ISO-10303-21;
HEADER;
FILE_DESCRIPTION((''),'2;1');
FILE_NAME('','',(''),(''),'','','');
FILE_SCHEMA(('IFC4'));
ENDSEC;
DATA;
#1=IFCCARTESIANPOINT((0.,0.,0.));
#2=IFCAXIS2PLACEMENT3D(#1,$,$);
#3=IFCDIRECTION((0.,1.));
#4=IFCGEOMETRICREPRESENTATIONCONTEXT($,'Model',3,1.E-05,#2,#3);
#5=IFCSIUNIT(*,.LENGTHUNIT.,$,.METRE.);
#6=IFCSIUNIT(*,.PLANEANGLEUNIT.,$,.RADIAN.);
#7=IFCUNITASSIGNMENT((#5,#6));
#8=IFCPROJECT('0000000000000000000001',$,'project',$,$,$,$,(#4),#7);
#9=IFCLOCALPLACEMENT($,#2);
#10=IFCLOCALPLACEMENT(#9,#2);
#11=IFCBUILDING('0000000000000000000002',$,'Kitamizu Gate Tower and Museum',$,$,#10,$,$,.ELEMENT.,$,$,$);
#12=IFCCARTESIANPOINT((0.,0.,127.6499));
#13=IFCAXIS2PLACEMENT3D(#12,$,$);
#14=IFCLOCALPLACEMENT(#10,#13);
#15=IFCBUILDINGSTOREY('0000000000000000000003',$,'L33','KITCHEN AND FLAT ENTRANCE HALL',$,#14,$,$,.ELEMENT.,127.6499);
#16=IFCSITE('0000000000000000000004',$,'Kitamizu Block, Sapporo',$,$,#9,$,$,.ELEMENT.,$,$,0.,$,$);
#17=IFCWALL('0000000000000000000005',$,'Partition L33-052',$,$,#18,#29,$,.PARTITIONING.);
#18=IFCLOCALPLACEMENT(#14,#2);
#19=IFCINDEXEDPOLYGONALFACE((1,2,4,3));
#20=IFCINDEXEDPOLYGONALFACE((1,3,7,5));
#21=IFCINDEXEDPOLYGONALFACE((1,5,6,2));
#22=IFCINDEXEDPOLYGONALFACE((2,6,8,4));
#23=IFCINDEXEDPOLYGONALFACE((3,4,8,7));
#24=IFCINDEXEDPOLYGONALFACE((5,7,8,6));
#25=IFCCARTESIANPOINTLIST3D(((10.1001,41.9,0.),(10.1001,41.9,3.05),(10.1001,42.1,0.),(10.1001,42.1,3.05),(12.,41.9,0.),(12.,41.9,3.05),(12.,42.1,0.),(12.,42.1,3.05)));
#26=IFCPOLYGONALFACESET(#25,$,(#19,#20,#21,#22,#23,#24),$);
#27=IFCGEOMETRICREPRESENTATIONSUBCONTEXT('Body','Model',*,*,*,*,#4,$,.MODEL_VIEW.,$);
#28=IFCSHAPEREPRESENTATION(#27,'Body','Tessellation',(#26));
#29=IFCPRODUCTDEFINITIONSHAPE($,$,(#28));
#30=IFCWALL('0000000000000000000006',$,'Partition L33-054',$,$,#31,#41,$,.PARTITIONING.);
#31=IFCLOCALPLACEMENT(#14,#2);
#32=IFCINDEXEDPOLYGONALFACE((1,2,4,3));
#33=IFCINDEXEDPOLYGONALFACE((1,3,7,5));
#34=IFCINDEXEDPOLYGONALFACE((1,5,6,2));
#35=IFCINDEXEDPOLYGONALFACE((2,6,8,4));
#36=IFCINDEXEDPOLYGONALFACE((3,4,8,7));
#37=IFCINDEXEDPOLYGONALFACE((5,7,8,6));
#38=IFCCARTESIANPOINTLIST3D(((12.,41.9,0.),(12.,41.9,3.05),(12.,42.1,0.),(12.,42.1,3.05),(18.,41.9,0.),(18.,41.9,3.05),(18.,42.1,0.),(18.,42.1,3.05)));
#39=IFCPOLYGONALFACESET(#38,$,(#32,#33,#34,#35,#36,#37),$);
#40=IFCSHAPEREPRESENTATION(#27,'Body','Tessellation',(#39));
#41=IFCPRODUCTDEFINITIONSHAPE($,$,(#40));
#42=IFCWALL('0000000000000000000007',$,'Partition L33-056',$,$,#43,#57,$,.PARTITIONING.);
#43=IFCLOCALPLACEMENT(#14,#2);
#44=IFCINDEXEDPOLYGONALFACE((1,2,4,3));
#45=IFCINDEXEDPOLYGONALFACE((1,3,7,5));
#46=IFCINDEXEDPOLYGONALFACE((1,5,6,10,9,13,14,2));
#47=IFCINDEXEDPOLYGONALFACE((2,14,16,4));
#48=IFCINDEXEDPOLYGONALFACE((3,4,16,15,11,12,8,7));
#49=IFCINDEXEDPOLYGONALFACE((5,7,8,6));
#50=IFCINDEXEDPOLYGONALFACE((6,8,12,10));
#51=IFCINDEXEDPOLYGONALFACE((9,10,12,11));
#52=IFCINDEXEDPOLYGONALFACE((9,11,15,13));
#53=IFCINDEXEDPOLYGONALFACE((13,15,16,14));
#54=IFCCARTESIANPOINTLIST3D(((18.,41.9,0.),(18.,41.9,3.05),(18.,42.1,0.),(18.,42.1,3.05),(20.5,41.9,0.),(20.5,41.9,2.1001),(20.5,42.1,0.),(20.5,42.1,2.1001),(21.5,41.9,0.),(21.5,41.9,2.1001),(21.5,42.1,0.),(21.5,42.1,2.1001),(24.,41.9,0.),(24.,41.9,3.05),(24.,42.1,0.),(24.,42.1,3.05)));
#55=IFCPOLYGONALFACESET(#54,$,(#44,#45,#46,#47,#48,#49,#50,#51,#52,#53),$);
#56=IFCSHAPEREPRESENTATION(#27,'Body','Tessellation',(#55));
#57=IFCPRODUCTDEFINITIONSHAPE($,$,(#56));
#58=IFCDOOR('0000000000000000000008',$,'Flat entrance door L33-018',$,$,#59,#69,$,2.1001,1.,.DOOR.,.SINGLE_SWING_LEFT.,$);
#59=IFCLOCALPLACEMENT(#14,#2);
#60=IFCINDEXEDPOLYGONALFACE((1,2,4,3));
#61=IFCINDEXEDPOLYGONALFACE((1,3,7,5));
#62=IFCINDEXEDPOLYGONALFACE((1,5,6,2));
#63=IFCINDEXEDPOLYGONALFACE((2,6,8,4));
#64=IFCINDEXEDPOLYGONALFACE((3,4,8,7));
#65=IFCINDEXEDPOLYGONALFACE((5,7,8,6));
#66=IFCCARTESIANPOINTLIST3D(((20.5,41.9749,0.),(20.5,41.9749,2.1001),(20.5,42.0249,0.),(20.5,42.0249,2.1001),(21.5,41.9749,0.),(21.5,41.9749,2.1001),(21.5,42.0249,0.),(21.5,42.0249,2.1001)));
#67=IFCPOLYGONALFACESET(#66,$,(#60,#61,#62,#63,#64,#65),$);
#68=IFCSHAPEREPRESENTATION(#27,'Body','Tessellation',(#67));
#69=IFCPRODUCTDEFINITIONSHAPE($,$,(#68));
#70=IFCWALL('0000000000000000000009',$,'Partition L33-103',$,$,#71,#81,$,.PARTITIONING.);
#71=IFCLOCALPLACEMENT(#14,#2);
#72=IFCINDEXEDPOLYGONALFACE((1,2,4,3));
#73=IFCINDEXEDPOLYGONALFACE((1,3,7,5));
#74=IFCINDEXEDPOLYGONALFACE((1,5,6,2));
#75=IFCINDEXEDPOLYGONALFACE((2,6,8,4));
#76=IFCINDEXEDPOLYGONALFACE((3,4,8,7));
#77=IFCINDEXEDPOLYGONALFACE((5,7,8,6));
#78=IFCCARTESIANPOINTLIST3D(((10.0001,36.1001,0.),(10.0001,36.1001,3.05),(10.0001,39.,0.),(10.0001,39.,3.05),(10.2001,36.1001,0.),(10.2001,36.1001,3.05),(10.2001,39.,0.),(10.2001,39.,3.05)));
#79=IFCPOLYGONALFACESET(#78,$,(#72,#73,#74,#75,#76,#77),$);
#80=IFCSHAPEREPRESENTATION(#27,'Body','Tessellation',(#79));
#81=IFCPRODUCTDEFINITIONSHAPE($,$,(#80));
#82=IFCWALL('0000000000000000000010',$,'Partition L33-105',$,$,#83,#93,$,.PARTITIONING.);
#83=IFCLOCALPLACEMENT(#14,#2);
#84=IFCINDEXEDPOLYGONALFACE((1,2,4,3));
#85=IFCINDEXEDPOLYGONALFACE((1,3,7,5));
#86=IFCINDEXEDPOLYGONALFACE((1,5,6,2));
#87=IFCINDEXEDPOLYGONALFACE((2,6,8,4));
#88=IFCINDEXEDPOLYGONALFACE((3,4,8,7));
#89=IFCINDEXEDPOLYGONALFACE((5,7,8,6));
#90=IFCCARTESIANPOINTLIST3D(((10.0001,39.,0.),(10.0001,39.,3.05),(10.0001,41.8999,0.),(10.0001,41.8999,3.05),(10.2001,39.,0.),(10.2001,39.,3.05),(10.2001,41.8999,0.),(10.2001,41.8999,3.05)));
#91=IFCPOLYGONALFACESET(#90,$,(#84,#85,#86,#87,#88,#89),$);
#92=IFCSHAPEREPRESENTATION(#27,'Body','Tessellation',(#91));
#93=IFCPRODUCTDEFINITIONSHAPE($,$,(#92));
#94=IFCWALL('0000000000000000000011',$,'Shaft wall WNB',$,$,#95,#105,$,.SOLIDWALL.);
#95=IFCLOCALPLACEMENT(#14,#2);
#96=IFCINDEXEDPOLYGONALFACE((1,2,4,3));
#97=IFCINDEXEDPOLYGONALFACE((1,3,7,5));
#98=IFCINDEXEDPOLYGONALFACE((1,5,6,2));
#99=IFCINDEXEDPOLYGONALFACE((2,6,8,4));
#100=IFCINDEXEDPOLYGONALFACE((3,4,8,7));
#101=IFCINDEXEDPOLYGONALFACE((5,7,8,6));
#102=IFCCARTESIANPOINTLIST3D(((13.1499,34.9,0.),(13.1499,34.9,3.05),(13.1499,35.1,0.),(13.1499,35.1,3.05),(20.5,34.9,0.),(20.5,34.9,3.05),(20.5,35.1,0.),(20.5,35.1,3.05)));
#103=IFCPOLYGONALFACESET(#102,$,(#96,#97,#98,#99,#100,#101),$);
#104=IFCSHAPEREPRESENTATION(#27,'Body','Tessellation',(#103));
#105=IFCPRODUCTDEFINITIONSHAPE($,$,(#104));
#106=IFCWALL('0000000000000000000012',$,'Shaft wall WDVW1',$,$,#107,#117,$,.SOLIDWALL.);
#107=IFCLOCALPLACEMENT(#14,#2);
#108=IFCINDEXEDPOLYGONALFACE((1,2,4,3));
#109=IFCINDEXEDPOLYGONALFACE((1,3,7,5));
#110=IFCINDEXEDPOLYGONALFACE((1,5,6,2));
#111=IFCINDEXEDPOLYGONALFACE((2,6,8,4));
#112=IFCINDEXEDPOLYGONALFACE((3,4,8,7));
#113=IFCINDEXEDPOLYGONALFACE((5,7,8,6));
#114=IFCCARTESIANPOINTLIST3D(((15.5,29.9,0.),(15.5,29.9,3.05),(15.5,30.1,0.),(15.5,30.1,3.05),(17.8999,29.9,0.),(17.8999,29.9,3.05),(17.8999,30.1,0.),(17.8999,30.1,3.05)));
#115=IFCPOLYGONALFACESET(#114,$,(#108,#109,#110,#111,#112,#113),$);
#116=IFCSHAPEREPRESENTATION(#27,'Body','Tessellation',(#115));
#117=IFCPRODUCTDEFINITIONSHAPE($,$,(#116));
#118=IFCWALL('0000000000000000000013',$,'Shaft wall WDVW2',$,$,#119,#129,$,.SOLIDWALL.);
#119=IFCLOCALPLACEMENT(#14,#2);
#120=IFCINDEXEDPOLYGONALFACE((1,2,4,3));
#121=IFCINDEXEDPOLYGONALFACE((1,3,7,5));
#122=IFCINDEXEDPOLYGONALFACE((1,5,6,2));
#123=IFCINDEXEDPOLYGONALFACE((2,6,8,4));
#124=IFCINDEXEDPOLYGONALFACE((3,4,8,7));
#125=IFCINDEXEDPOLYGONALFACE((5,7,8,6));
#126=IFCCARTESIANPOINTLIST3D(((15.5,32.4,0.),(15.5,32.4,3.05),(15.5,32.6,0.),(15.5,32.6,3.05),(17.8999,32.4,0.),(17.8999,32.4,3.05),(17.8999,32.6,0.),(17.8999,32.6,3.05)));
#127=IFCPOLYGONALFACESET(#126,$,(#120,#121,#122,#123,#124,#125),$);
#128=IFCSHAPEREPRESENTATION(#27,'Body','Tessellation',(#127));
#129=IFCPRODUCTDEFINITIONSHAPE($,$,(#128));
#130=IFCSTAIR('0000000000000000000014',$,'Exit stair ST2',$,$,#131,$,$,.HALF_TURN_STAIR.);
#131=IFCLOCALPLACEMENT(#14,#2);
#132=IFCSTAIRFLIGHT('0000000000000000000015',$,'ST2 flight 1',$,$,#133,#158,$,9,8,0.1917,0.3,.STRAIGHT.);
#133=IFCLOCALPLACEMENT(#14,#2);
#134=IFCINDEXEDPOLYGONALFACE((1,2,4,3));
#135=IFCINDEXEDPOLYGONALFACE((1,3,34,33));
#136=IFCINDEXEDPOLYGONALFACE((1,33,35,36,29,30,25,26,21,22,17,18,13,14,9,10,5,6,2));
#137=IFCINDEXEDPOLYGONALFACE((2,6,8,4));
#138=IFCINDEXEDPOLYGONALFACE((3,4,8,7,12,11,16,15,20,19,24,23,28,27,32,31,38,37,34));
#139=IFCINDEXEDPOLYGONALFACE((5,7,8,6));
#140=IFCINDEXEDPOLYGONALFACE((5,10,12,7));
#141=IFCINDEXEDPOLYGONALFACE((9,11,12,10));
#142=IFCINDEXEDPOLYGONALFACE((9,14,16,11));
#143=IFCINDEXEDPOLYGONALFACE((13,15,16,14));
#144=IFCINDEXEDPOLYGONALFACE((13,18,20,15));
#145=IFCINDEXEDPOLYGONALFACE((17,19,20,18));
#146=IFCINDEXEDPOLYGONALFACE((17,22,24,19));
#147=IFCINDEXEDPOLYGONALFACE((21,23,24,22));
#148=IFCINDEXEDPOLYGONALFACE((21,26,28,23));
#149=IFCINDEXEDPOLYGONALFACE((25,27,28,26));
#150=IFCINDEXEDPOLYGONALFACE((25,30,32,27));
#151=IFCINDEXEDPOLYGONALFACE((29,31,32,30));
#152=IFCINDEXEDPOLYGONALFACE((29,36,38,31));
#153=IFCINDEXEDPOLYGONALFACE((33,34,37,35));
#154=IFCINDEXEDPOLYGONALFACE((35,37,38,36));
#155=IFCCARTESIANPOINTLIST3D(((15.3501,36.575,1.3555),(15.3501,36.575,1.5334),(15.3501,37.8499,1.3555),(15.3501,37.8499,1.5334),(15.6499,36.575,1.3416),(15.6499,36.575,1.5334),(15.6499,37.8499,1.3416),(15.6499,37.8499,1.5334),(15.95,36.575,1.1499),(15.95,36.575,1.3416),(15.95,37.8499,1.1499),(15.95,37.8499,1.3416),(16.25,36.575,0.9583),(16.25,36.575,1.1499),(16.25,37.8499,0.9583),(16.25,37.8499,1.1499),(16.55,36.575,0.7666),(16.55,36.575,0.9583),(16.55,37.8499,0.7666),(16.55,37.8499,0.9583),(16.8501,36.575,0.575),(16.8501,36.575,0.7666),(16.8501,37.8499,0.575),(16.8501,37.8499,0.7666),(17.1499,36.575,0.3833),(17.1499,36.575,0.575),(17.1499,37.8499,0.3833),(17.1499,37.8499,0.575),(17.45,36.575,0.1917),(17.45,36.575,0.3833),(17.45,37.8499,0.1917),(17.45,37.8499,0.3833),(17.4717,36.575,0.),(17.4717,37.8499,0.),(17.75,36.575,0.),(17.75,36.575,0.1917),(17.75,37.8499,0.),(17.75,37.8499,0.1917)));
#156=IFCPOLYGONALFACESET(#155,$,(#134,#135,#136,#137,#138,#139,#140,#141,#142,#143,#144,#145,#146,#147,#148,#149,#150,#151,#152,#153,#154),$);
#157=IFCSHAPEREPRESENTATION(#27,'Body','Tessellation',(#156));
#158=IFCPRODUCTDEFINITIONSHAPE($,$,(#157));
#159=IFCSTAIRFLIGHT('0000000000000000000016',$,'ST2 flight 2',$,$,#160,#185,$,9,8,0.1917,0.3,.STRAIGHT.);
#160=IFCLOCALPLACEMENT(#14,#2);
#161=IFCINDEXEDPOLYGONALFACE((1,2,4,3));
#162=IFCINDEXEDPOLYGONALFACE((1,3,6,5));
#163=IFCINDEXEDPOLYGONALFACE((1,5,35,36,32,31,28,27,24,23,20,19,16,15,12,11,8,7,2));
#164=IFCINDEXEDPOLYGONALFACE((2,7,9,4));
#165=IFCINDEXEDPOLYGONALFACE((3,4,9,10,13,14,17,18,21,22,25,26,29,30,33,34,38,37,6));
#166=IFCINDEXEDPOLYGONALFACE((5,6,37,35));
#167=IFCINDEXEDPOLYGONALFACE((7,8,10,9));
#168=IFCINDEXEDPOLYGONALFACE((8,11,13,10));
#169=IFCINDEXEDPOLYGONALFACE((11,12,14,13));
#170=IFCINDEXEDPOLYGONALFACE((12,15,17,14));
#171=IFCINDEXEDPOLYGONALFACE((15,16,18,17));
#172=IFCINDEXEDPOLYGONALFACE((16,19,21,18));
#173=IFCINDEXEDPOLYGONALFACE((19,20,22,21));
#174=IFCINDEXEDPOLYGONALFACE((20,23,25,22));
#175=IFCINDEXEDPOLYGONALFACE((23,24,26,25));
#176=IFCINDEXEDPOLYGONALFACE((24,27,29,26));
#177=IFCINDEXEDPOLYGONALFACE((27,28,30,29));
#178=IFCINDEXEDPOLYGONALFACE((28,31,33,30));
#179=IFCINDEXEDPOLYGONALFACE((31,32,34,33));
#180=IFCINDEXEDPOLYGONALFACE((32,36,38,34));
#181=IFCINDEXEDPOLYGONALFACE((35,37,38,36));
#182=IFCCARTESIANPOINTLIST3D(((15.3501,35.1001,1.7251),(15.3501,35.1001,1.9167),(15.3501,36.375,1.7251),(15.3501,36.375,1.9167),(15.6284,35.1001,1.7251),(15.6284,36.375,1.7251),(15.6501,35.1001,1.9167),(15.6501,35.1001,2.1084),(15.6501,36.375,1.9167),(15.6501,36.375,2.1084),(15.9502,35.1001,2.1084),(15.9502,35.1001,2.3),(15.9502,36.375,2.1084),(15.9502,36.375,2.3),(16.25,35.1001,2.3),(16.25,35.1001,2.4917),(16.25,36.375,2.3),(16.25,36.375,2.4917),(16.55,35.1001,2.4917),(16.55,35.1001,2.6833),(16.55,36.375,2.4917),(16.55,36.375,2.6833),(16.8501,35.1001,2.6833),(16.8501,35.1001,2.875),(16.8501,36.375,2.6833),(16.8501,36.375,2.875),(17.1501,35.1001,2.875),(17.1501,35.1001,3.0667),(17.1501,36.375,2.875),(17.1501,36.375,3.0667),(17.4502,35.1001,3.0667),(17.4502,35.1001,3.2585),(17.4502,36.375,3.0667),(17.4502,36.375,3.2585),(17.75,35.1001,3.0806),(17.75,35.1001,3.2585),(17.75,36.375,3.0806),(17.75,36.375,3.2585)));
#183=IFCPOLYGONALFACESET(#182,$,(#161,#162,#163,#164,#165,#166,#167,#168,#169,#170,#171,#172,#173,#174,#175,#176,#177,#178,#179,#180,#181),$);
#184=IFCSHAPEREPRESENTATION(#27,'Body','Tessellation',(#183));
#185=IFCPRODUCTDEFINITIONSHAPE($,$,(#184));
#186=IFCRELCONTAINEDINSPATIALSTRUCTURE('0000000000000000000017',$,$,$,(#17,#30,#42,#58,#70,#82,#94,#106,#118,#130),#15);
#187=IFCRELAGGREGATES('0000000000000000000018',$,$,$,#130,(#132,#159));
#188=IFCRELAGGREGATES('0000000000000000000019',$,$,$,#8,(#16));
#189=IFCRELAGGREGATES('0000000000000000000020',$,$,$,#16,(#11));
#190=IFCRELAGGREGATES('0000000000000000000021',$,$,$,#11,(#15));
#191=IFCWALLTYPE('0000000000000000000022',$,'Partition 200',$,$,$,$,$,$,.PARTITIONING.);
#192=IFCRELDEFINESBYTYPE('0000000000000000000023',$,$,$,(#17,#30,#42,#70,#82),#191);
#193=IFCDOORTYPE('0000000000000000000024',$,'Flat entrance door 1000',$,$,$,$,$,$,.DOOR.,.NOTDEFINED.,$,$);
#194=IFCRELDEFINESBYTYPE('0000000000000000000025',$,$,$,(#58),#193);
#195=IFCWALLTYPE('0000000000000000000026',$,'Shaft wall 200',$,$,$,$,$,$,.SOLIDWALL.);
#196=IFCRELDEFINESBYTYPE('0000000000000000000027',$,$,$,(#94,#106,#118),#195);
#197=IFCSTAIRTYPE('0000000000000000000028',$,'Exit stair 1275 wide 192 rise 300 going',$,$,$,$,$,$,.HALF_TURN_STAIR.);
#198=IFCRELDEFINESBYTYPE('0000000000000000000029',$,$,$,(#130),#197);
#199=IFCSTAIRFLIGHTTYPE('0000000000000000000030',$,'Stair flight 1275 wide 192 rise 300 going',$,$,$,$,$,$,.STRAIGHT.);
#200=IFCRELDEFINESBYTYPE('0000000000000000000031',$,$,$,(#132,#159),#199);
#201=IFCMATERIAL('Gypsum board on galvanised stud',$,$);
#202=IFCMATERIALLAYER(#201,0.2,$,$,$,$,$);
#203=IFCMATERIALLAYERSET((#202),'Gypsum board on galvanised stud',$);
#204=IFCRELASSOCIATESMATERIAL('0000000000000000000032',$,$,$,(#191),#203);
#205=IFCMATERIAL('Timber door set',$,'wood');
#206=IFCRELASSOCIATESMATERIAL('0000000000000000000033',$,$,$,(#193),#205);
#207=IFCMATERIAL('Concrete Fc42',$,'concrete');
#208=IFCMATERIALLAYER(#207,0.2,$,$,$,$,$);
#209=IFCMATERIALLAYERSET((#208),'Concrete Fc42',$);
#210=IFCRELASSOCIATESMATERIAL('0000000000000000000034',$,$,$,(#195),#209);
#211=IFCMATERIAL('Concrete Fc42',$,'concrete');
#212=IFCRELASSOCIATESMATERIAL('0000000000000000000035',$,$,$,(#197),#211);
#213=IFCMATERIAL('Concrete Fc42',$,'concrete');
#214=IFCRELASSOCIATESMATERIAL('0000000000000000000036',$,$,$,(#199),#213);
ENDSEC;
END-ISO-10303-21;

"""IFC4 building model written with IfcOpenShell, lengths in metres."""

from ifc_helpers import new_model, si_unit, direction, frame, frame_2d, origin, place, context, subcontext, project, spatial, polyline, rectangle, outline, extrude, material, layer, layer_set, type_object, element, fill, aggregate, save


model = new_model("IFC4")

# Units and contexts
model_context = context("Model", 3, precision=1e-05, world=origin(), true_north=direction((0.0, 1.0)))
body_context = subcontext(model_context, "Body", "Model", "MODEL_VIEW")
ifc_project = project(units=[si_unit("LENGTHUNIT", "METRE"), si_unit("PLANEANGLEUNIT", "RADIAN")], contexts=[model_context])

# Site, building, storey
site_placement = place(None, origin())
site = spatial("IfcSite", under=ifc_project, at=site_placement, Name="Kitamizu Block, Sapporo", CompositionType="ELEMENT", RefElevation=0.0)
building_placement = place(site_placement, origin())
building = spatial("IfcBuilding", under=site, at=building_placement, Name="Kitamizu Gate Tower and Museum", CompositionType="ELEMENT")
storey_placement = place(building_placement, frame((0.0, 0.0, 127.6499)))
storey = spatial("IfcBuildingStorey", under=building, at=storey_placement, Name="L33", Description="KITCHEN AND FLAT ENTRANCE HALL", CompositionType="ELEMENT", Elevation=127.6499)

# Walls
ifc_material_1 = material(Name="Gypsum board on galvanised stud")
ifc_layer_1 = layer(ifc_material_1, 0.2)
ifc_layer_set_1 = layer_set([ifc_layer_1], Name="Gypsum board on galvanised stud")
wall_type_1 = type_object("IfcWallType", Name="Partition 200", PredefinedType="PARTITIONING", material=ifc_layer_set_1)
wall_1_placement = place(storey_placement, frame((10.1001, 42.0, 0.0), z_axis=(0.0, 0.0, 1.0), x_axis=(1.0, 0.0, 0.0)))
element("IfcWall", 1, at=wall_1_placement, inside=storey, type_object=wall_type_1, Name="Partition L33-052", PredefinedType="PARTITIONING", context=body_context, shape_type="SweptSolid", body=[
    extrude(rectangle(XDim=1.8999, YDim=0.2, at=frame_2d((0.95, 0.0))), origin(), (0.0, 0.0, 1.0), 3.05),
])
wall_2_placement = place(storey_placement, frame((12.0, 42.0, 0.0), z_axis=(0.0, 0.0, 1.0), x_axis=(1.0, 0.0, 0.0)))
element("IfcWall", 2, at=wall_2_placement, inside=storey, type_object=wall_type_1, Name="Partition L33-054", PredefinedType="PARTITIONING", context=body_context, shape_type="SweptSolid", body=[
    extrude(rectangle(XDim=6.0, YDim=0.2, at=frame_2d((3.0, 0.0))), origin(), (0.0, 0.0, 1.0), 3.05),
])

# Wall, opening, door
wall_3_placement = place(storey_placement, frame((18.0, 42.0, 0.0), z_axis=(0.0, 0.0, 1.0), x_axis=(1.0, 0.0, 0.0)))
wall_3 = element("IfcWall", 3, at=wall_3_placement, inside=storey, type_object=wall_type_1, Name="Partition L33-056", PredefinedType="PARTITIONING", context=body_context, shape_type="SweptSolid", body=[
    extrude(rectangle(XDim=6.0, YDim=0.2, at=frame_2d((3.0, 0.0))), origin(), (0.0, 0.0, 1.0), 3.05),
])
opening_1_placement = place(wall_3_placement, frame((2.5, 0.0, 0.0)))
opening_1 = element("IfcOpeningElement", 4, at=opening_1_placement, cuts=wall_3, PredefinedType="OPENING", context=body_context, shape_type="SweptSolid", body=[
    extrude(rectangle(XDim=1.0, YDim=2.1001, at=frame_2d((0.5, 1.05))), frame((0.0, 0.1099, 0.0), z_axis=(0.0, -1.0, 0.0), x_axis=(1.0, 0.0, 0.0)), (0.0, 0.0, 1.0), 0.22),
])
ifc_material_2 = material(Name="Timber door set", Category="wood")
door_type_1 = type_object("IfcDoorType", Name="Flat entrance door 1000", OperationType="NOTDEFINED", PredefinedType="DOOR", material=ifc_material_2)
door_1_placement = place(opening_1_placement, origin())
door_1 = element("IfcDoor", 5, at=door_1_placement, inside=storey, type_object=door_type_1, Name="Flat entrance door L33-018", OperationType="SINGLE_SWING_LEFT", OverallHeight=2.1001, OverallWidth=1.0, PredefinedType="DOOR", context=body_context, shape_type="SweptSolid", body=[
    extrude(rectangle(XDim=1.0, YDim=2.1001, at=frame_2d((0.5, 1.05))), frame((0.0, 0.0249, 0.0), z_axis=(0.0, -1.0, 0.0), x_axis=(1.0, 0.0, 0.0)), (0.0, 0.0, 1.0), 0.05),
])
fill(opening_1, door_1)

# Walls
for number, where, z_axis, x_axis, name in (
    (6, (10.1001, 36.1001, 0.0), (0.0, 0.0, 1.0), (0.0, 1.0, 0.0), "Partition L33-103"),
    (7, (10.1001, 39.0, 0.0), (0.0, 0.0, 1.0), (0.0, 1.0, 0.0), "Partition L33-105"),
):
    element("IfcWall", number, at=place(storey_placement, frame(where, z_axis=z_axis, x_axis=x_axis)), inside=storey, type_object=wall_type_1, Name=name, PredefinedType="PARTITIONING", context=body_context, shape_type="SweptSolid", body=[
        extrude(rectangle(XDim=2.8999, YDim=0.2, at=frame_2d((1.45, 0.0))), origin(), (0.0, 0.0, 1.0), 3.05),
    ])
ifc_material_3 = material(Name="Concrete Fc42", Category="concrete")
ifc_layer_2 = layer(ifc_material_3, 0.2)
ifc_layer_set_2 = layer_set([ifc_layer_2], Name="Concrete Fc42")
wall_type_2 = type_object("IfcWallType", Name="Shaft wall 200", PredefinedType="SOLIDWALL", material=ifc_layer_set_2)
wall_4_placement = place(storey_placement, frame((13.1499, 35.0, 0.0), z_axis=(0.0, 0.0, 1.0), x_axis=(1.0, 0.0, 0.0)))
element("IfcWall", 8, at=wall_4_placement, inside=storey, type_object=wall_type_2, Name="Shaft wall WNB", PredefinedType="SOLIDWALL", context=body_context, shape_type="SweptSolid", body=[
    extrude(rectangle(XDim=7.3501, YDim=0.2, at=frame_2d((3.675, 0.0))), origin(), (0.0, 0.0, 1.0), 3.05),
])
for number, where, z_axis, x_axis, name in (
    (9, (15.5, 30.0, 0.0), (0.0, 0.0, 1.0), (1.0, 0.0, 0.0), "Shaft wall WDVW1"),
    (10, (15.5, 32.5, 0.0), (0.0, 0.0, 1.0), (1.0, 0.0, 0.0), "Shaft wall WDVW2"),
):
    element("IfcWall", number, at=place(storey_placement, frame(where, z_axis=z_axis, x_axis=x_axis)), inside=storey, type_object=wall_type_2, Name=name, PredefinedType="SOLIDWALL", context=body_context, shape_type="SweptSolid", body=[
        extrude(rectangle(XDim=2.3999, YDim=0.2, at=frame_2d((1.2, 0.0))), origin(), (0.0, 0.0, 1.0), 3.05),
    ])

# Stair, stair flights
ifc_material_4 = material(Name="Concrete Fc42", Category="concrete")
stair_type = type_object("IfcStairType", Name="Exit stair 1275 wide 192 rise 300 going", PredefinedType="HALF_TURN_STAIR", material=ifc_material_4)
stair_placement = place(storey_placement, origin())
stair = element("IfcStair", 11, at=stair_placement, inside=storey, type_object=stair_type, Name="Exit stair ST2", PredefinedType="HALF_TURN_STAIR")
ifc_material_5 = material(Name="Concrete Fc42", Category="concrete")
stair_flight_type = type_object("IfcStairFlightType", Name="Stair flight 1275 wide 192 rise 300 going", PredefinedType="STRAIGHT", material=ifc_material_5)
stair_flight_1_placement = place(storey_placement, frame((17.75, 37.2124, 0.0), z_axis=(0.0, 0.0, 1.0), x_axis=(-1.0, 0.0, 0.0)))
stair_flight_1 = element("IfcStairFlight", 12, at=stair_flight_1_placement, type_object=stair_flight_type, Name="ST2 flight 1", NumberOfRisers=9, NumberOfTreads=8, PredefinedType="STRAIGHT", RiserHeight=0.1917, TreadLength=0.3, context=body_context, shape_type="SweptSolid", body=[
    extrude(outline(polyline([(0.0, 0.0), (0.0, 0.1917), (0.3, 0.1917), (0.3, 0.3833), (0.6001, 0.3833), (0.6001, 0.575), (0.8999, 0.575), (0.8999, 0.7666), (1.2, 0.7666), (1.2, 0.9583), (1.5, 0.9583), (1.5, 1.1499), (1.8, 1.1499), (1.8, 1.3416), (2.1001, 1.3416), (2.1001, 1.5334), (2.3999, 1.5334), (2.3999, 1.7251), (2.3999, 1.3555), (0.2783, 0.0), (0.0, 0.0)])), frame((0.0, 0.6375, 0.0), z_axis=(0.0, -1.0, 0.0), x_axis=(1.0, 0.0, 0.0)), (0.0, 0.0, 1.0), 1.2749),
])
stair_flight_2_placement = place(storey_placement, frame((15.3501, 35.7375, 1.7251), z_axis=(0.0, 0.0, 1.0), x_axis=(1.0, 0.0, 0.0)))
stair_flight_2 = element("IfcStairFlight", 13, at=stair_flight_2_placement, type_object=stair_flight_type, Name="ST2 flight 2", NumberOfRisers=9, NumberOfTreads=8, PredefinedType="STRAIGHT", RiserHeight=0.1917, TreadLength=0.3, context=body_context, shape_type="SweptSolid", body=[
    extrude(outline(polyline([(0.0, 0.0), (0.0, 0.1917), (0.3, 0.1917), (0.3, 0.3833), (0.6001, 0.3833), (0.6001, 0.575), (0.8999, 0.575), (0.8999, 0.7666), (1.2, 0.7666), (1.2, 0.9583), (1.5, 0.9583), (1.5, 1.1499), (1.8, 1.1499), (1.8, 1.3416), (2.1001, 1.3416), (2.1001, 1.5334), (2.3999, 1.5334), (2.3999, 1.7251), (2.3999, 1.3555), (0.2783, 0.0), (0.0, 0.0)])), frame((0.0, 0.6375, 0.0), z_axis=(0.0, -1.0, 0.0), x_axis=(1.0, 0.0, 0.0)), (0.0, 0.0, 1.0), 1.2749),
])
aggregate(stair, [stair_flight_1, stair_flight_2])

save(model, "model.ifc")
